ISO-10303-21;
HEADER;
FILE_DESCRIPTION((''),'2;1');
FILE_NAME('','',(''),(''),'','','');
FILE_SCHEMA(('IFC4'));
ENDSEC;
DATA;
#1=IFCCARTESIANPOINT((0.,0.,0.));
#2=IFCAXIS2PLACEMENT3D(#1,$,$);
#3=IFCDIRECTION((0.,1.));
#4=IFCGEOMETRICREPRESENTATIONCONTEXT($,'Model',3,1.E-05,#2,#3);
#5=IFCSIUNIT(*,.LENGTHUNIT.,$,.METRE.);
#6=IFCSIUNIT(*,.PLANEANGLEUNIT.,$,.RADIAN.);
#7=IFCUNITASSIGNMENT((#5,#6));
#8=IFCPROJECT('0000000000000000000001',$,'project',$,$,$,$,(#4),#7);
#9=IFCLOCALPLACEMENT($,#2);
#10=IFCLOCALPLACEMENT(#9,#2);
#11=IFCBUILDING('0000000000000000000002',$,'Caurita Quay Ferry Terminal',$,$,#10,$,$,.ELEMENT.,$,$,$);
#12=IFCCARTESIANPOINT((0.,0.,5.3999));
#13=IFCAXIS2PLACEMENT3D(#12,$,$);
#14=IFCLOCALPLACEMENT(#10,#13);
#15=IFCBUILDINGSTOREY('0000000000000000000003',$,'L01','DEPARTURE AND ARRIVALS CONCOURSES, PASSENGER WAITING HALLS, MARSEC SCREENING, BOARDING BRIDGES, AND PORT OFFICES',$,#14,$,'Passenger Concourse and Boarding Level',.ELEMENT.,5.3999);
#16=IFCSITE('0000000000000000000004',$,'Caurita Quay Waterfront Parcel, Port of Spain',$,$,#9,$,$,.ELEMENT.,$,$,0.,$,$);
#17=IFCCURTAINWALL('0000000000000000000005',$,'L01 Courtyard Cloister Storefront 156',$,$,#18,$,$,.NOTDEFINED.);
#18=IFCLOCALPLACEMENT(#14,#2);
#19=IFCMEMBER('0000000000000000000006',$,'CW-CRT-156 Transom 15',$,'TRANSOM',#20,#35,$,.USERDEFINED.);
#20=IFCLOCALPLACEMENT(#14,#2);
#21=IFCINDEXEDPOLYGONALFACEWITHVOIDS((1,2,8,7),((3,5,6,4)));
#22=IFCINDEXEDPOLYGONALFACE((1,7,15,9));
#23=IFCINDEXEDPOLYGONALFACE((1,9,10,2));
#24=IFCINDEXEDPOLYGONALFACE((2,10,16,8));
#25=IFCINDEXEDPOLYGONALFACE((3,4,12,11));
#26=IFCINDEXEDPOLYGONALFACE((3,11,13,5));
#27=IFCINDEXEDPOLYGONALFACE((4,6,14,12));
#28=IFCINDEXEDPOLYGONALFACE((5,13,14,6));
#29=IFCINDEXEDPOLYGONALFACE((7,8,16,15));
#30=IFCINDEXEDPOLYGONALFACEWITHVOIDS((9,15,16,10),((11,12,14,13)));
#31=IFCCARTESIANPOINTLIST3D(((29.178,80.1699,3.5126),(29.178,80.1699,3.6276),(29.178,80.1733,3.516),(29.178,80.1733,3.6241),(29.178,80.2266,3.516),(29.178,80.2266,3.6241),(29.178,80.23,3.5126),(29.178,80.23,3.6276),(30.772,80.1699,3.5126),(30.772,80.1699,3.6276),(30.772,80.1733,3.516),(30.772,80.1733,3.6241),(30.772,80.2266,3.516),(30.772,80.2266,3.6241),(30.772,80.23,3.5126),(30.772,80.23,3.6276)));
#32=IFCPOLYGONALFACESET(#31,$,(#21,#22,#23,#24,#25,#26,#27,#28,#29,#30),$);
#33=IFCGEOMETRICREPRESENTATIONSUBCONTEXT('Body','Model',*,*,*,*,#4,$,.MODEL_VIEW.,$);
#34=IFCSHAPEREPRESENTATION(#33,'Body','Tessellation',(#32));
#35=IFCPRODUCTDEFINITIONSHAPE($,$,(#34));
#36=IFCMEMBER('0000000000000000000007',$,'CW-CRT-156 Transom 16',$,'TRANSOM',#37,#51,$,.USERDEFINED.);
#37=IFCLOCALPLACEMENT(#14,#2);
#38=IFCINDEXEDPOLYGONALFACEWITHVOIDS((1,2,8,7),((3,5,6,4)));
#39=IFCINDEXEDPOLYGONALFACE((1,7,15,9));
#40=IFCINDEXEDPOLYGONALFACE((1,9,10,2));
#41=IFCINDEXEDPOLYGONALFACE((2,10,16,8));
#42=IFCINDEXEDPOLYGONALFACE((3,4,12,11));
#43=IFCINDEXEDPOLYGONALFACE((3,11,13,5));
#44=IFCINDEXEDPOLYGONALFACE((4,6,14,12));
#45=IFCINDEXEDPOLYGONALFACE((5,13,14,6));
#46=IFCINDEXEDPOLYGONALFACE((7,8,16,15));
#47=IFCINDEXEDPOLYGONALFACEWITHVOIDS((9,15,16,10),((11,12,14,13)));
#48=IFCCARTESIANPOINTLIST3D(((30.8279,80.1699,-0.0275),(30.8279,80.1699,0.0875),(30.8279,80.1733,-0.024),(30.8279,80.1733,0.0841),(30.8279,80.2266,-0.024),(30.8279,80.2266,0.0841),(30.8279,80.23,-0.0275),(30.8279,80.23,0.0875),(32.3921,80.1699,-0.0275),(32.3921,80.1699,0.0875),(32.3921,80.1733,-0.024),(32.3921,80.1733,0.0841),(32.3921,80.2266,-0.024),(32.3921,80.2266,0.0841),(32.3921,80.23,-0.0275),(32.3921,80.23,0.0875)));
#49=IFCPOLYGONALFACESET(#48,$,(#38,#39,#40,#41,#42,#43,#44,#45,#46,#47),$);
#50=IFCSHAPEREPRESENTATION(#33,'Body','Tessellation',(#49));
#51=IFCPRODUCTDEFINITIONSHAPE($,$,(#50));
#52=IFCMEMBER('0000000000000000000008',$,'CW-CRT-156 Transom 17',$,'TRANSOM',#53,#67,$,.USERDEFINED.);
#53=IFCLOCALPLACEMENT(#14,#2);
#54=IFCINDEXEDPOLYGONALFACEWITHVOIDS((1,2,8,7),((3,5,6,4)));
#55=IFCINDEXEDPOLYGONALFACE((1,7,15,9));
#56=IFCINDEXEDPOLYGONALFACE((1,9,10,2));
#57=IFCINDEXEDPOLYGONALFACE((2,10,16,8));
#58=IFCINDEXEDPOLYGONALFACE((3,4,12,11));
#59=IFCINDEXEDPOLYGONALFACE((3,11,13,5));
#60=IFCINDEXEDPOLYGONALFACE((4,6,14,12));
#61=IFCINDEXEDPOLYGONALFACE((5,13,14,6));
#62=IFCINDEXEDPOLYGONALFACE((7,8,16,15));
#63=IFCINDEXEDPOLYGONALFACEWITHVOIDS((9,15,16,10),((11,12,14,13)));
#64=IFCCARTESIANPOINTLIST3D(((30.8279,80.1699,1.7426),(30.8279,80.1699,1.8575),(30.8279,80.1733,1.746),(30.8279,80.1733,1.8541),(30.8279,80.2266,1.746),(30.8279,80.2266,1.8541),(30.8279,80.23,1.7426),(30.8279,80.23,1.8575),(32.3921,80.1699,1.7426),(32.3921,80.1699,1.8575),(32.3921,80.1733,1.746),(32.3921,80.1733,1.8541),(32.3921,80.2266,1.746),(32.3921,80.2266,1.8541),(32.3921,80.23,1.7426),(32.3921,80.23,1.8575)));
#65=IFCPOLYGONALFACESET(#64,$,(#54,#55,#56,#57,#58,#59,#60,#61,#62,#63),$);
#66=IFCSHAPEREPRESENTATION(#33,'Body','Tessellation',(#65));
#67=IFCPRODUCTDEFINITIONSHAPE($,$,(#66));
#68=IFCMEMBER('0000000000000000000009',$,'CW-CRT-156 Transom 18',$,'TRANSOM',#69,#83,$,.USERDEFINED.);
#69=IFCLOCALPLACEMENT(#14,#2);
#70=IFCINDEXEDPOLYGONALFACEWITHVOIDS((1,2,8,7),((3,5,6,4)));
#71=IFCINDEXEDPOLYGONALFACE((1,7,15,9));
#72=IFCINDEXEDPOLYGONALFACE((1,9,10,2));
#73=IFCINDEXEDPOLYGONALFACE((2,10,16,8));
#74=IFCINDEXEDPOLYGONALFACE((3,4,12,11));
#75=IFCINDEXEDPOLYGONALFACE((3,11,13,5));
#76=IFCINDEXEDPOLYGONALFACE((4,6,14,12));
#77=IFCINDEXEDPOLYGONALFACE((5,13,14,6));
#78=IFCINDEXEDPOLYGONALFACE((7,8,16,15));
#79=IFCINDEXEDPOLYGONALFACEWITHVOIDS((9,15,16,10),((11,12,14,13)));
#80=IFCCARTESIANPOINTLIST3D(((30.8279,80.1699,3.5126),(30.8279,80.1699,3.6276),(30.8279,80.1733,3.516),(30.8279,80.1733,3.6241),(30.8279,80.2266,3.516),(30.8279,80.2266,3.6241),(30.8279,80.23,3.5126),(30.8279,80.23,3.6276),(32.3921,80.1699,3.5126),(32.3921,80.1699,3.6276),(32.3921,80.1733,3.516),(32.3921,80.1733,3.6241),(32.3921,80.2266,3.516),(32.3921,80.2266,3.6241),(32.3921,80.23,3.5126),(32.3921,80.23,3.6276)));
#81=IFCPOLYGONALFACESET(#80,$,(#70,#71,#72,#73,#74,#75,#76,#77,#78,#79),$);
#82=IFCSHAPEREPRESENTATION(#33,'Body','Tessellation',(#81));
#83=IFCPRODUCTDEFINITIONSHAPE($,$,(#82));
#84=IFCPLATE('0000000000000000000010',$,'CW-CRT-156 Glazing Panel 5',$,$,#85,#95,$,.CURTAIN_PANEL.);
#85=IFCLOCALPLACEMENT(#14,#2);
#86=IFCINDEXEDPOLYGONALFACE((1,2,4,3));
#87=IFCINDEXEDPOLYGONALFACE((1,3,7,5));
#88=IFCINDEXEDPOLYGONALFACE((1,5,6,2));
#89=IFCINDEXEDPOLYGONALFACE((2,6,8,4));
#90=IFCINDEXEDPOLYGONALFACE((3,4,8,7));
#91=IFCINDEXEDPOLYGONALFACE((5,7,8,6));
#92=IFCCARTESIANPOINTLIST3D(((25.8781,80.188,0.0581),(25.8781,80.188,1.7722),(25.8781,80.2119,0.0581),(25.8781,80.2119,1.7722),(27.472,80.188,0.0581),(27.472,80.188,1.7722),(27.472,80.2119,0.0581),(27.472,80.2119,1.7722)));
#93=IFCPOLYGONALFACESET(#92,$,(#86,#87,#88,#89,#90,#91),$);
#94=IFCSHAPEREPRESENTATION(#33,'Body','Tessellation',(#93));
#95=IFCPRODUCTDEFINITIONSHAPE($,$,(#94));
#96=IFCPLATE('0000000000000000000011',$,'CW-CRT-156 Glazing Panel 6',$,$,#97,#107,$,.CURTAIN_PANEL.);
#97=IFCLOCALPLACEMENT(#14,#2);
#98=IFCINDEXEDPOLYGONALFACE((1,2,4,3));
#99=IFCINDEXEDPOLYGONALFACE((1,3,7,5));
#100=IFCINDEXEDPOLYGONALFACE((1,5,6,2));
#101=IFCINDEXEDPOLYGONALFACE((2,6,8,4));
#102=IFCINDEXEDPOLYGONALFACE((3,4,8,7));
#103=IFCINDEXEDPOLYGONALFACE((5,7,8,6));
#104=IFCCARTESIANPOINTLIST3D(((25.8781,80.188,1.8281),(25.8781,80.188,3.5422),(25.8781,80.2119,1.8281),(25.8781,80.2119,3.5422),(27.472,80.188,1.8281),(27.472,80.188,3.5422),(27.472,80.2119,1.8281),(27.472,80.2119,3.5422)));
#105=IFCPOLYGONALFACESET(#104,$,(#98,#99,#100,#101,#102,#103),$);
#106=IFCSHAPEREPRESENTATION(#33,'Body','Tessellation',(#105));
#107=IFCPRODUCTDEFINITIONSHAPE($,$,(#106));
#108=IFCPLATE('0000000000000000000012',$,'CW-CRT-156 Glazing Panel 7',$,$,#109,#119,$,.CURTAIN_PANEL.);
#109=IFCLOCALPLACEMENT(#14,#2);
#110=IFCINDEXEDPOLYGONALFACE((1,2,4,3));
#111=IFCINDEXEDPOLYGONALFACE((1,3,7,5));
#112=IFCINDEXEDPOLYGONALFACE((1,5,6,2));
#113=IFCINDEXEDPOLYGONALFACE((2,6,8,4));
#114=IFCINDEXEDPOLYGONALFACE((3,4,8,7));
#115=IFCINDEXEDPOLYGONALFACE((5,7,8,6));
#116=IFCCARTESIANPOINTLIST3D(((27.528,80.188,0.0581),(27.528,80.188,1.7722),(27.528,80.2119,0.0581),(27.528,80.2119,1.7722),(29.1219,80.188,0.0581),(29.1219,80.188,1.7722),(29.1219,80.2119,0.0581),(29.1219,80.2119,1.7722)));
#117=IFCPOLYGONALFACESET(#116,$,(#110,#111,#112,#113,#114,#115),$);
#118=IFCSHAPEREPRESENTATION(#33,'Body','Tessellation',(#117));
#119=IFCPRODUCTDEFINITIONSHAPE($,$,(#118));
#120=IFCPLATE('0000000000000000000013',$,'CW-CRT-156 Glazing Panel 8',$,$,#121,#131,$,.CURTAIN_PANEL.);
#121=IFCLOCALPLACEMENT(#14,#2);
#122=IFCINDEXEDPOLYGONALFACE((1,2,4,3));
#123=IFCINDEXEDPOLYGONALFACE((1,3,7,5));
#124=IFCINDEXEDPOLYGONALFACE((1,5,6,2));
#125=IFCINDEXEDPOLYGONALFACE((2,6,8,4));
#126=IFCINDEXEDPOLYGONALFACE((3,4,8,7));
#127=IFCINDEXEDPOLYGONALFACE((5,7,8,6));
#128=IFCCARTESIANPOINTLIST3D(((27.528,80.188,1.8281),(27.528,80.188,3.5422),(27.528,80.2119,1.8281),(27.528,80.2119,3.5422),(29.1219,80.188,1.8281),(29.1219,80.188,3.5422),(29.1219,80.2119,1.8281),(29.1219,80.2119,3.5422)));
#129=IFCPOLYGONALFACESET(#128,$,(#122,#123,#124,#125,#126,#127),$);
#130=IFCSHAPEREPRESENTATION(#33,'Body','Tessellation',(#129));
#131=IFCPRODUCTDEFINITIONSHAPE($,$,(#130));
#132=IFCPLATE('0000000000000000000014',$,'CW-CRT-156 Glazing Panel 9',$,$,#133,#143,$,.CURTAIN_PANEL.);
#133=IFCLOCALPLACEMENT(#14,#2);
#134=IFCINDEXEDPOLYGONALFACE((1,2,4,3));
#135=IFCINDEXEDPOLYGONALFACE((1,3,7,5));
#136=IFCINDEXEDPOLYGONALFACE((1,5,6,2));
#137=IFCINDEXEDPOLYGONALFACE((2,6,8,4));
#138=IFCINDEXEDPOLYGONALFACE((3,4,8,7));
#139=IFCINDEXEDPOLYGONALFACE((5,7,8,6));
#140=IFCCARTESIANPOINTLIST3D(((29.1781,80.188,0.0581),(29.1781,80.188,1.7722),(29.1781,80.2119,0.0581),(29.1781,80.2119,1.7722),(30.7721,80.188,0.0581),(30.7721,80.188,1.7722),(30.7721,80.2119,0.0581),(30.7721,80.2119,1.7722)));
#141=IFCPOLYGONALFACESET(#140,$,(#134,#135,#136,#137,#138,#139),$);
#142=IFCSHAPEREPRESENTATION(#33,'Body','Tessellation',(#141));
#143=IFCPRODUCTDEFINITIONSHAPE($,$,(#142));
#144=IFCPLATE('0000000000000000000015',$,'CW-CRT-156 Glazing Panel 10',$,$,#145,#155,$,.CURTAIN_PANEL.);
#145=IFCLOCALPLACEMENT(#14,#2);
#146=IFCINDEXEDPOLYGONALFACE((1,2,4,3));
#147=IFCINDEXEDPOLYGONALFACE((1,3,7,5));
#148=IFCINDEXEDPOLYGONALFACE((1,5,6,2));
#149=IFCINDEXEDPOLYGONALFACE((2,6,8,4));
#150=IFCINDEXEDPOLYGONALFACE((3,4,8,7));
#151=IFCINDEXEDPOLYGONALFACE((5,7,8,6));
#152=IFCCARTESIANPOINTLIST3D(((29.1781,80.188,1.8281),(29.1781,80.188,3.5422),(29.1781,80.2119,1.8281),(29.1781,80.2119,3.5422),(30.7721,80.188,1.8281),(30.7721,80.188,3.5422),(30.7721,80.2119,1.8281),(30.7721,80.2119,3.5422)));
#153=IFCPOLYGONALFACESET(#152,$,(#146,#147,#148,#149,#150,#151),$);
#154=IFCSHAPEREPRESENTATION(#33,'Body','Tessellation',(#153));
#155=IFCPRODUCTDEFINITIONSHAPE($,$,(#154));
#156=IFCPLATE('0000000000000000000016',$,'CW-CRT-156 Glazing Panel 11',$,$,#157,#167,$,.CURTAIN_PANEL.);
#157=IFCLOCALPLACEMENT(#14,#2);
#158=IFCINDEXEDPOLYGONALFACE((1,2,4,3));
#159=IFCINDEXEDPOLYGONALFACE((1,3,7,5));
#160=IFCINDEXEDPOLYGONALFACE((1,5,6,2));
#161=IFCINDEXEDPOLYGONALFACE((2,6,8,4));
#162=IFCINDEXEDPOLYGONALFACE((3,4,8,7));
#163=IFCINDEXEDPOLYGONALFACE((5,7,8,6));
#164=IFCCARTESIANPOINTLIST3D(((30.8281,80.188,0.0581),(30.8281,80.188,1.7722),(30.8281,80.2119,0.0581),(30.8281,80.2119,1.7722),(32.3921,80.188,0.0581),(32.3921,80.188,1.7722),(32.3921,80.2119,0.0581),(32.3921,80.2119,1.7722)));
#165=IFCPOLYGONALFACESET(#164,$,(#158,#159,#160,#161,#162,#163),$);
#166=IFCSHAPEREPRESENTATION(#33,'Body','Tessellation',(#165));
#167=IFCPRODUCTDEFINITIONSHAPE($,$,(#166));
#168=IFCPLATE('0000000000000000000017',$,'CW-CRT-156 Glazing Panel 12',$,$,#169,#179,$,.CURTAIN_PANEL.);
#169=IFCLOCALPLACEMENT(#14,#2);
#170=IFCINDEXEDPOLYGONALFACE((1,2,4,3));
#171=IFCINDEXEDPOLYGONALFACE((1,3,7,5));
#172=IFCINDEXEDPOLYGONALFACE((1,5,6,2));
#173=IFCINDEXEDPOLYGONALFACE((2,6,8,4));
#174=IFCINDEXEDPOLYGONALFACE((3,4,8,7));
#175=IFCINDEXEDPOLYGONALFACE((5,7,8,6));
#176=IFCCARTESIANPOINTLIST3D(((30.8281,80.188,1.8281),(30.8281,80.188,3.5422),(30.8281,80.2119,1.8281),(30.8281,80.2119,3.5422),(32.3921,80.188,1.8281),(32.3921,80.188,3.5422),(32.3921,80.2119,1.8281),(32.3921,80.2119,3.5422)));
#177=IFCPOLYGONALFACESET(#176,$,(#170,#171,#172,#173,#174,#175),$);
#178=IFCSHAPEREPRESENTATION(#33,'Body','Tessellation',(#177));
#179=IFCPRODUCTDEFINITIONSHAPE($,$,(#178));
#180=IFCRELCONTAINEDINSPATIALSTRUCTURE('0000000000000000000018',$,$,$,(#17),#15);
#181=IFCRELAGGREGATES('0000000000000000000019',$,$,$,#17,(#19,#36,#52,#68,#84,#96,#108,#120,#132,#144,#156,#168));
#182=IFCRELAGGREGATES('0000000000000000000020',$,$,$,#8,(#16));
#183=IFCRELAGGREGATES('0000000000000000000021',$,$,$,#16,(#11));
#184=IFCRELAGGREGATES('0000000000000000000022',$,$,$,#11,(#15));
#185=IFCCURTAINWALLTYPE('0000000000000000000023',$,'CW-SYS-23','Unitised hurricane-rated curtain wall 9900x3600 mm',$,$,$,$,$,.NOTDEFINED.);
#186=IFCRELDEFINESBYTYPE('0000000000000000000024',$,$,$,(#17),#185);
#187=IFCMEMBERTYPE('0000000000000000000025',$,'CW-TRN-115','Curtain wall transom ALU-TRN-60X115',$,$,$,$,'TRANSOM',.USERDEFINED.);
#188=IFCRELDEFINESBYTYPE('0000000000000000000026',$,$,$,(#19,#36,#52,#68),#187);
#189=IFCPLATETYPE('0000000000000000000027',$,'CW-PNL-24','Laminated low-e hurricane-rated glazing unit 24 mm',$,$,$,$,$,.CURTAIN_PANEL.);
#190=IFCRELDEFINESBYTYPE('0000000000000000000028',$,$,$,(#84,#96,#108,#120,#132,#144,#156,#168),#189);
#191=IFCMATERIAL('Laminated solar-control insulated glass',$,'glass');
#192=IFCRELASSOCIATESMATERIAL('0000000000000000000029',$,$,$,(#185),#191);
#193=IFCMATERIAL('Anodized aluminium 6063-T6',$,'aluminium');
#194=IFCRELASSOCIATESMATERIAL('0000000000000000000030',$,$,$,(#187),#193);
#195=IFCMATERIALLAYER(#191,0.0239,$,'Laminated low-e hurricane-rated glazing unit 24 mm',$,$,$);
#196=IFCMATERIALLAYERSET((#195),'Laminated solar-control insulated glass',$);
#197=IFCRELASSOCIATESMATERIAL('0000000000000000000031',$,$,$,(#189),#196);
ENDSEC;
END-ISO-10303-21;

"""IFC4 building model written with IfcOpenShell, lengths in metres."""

from ifc_helpers import new_model, si_unit, direction, frame, origin, origin_2d, place, context, subcontext, project, spatial, rectangle, hollow_rectangle, extrude, material, layer, layer_set, material_profile, profile_set, type_object, element, aggregate, save


model = new_model("IFC4")

# Units and contexts
model_context = context("Model", 3, precision=1e-05, world=origin(), true_north=direction((0.0, 1.0)))
body_context = subcontext(model_context, "Body", "Model", "MODEL_VIEW")
ifc_project = project(units=[si_unit("LENGTHUNIT", "METRE"), si_unit("PLANEANGLEUNIT", "RADIAN")], contexts=[model_context])

# Site, building, storey
site_placement = place(None, origin())
site = spatial("IfcSite", under=ifc_project, at=site_placement, Name="Caurita Quay Waterfront Parcel, Port of Spain", CompositionType="ELEMENT", RefElevation=0.0)
building_placement = place(site_placement, origin())
building = spatial("IfcBuilding", under=site, at=building_placement, Name="Caurita Quay Ferry Terminal", CompositionType="ELEMENT")
storey_placement = place(building_placement, frame((0.0, 0.0, 5.3999)))
storey = spatial("IfcBuildingStorey", under=building, at=storey_placement, Name="L01", Description="DEPARTURE AND ARRIVALS CONCOURSES, PASSENGER WAITING HALLS, MARSEC SCREENING, BOARDING BRIDGES, AND PORT OFFICES", LongName="Passenger Concourse and Boarding Level", CompositionType="ELEMENT", Elevation=5.3999)

# Curtain wall, members, plates
ifc_material_1 = material(Name="Laminated solar-control insulated glass", Category="glass")
curtain_wall_type = type_object("IfcCurtainWallType", Name="CW-SYS-23", Description="Unitised hurricane-rated curtain wall 9900x3600 mm", PredefinedType="NOTDEFINED", material=ifc_material_1)
curtain_wall_placement = place(storey_placement, origin())
curtain_wall = element("IfcCurtainWall", 1, at=curtain_wall_placement, inside=storey, type_object=curtain_wall_type, Name="L01 Courtyard Cloister Storefront 156", PredefinedType="NOTDEFINED")
ifc_material_2 = material(Name="Anodized aluminium 6063-T6", Category="aluminium")
ifc_material_profile_1 = material_profile(ifc_material_2, hollow_rectangle(XDim=0.0601, YDim=0.115, WallThickness=0.0034, at=origin_2d()), Name="ALU-TRN-60X115")
ifc_profile_set_1 = profile_set([ifc_material_profile_1], Name="Anodized aluminium 6063-T6")
member_type_1 = type_object("IfcMemberType", Name="CW-TRN-115", Description="Curtain wall transom ALU-TRN-60X115", ElementType="TRANSOM", PredefinedType="USERDEFINED", material=ifc_profile_set_1)
member_1_placement = place(storey_placement, frame((29.178, 80.2, 3.5701), z_axis=(1.0, 0.0, 0.0), x_axis=(0.0, 1.0, 0.0)))
member_1 = element("IfcMember", 2, at=member_1_placement, type_object=member_type_1, Name="CW-CRT-156 Transom 15", ObjectType="TRANSOM", PredefinedType="USERDEFINED", context=body_context, shape_type="SweptSolid", body=[
    extrude(hollow_rectangle(XDim=0.0601, YDim=0.115, WallThickness=0.0034, at=origin_2d()), origin(), (0.0, 0.0, 1.0), 1.594),
])
member_2_placement = place(storey_placement, frame((30.8279, 80.2, 0.03), z_axis=(1.0, 0.0, 0.0), x_axis=(0.0, 1.0, 0.0)))
member_2 = element("IfcMember", 3, at=member_2_placement, type_object=member_type_1, Name="CW-CRT-156 Transom 16", ObjectType="TRANSOM", PredefinedType="USERDEFINED", context=body_context, shape_type="SweptSolid", body=[
    extrude(hollow_rectangle(XDim=0.0601, YDim=0.115, WallThickness=0.0034, at=origin_2d()), origin(), (0.0, 0.0, 1.0), 1.5642),
])
member_3_placement = place(storey_placement, frame((30.8279, 80.2, 1.8), z_axis=(1.0, 0.0, 0.0), x_axis=(0.0, 1.0, 0.0)))
member_3 = element("IfcMember", 4, at=member_3_placement, type_object=member_type_1, Name="CW-CRT-156 Transom 17", ObjectType="TRANSOM", PredefinedType="USERDEFINED", context=body_context, shape_type="SweptSolid", body=[
    extrude(hollow_rectangle(XDim=0.0601, YDim=0.115, WallThickness=0.0034, at=origin_2d()), origin(), (0.0, 0.0, 1.0), 1.5642),
])
member_4_placement = place(storey_placement, frame((30.8279, 80.2, 3.5701), z_axis=(1.0, 0.0, 0.0), x_axis=(0.0, 1.0, 0.0)))
member_4 = element("IfcMember", 5, at=member_4_placement, type_object=member_type_1, Name="CW-CRT-156 Transom 18", ObjectType="TRANSOM", PredefinedType="USERDEFINED", context=body_context, shape_type="SweptSolid", body=[
    extrude(hollow_rectangle(XDim=0.0601, YDim=0.115, WallThickness=0.0034, at=origin_2d()), origin(), (0.0, 0.0, 1.0), 1.5642),
])
ifc_layer_1 = layer(ifc_material_1, 0.0239, Name="Laminated low-e hurricane-rated glazing unit 24 mm")
ifc_layer_set_1 = layer_set([ifc_layer_1], Name="Laminated solar-control insulated glass")
plate_type = type_object("IfcPlateType", Name="CW-PNL-24", Description="Laminated low-e hurricane-rated glazing unit 24 mm", PredefinedType="CURTAIN_PANEL", material=ifc_layer_set_1)
plate_1_placement = place(storey_placement, frame((26.675, 80.2, 0.0581), z_axis=(0.0, 0.0, 1.0), x_axis=(1.0, 0.0, 0.0)))
plate_1 = element("IfcPlate", 6, at=plate_1_placement, type_object=plate_type, Name="CW-CRT-156 Glazing Panel 5", PredefinedType="CURTAIN_PANEL", context=body_context, shape_type="SweptSolid", body=[
    extrude(rectangle(XDim=1.594, YDim=0.0239, at=origin_2d()), origin(), (0.0, 0.0, 1.0), 1.7141),
])
plate_2_placement = place(storey_placement, frame((26.675, 80.2, 1.8281), z_axis=(0.0, 0.0, 1.0), x_axis=(1.0, 0.0, 0.0)))
plate_2 = element("IfcPlate", 7, at=plate_2_placement, type_object=plate_type, Name="CW-CRT-156 Glazing Panel 6", PredefinedType="CURTAIN_PANEL", context=body_context, shape_type="SweptSolid", body=[
    extrude(rectangle(XDim=1.594, YDim=0.0239, at=origin_2d()), origin(), (0.0, 0.0, 1.0), 1.7141),
])
plate_3_placement = place(storey_placement, frame((28.325, 80.2, 0.0581), z_axis=(0.0, 0.0, 1.0), x_axis=(1.0, 0.0, 0.0)))
plate_3 = element("IfcPlate", 8, at=plate_3_placement, type_object=plate_type, Name="CW-CRT-156 Glazing Panel 7", PredefinedType="CURTAIN_PANEL", context=body_context, shape_type="SweptSolid", body=[
    extrude(rectangle(XDim=1.594, YDim=0.0239, at=origin_2d()), origin(), (0.0, 0.0, 1.0), 1.7141),
])
plate_4_placement = place(storey_placement, frame((28.325, 80.2, 1.8281), z_axis=(0.0, 0.0, 1.0), x_axis=(1.0, 0.0, 0.0)))
plate_4 = element("IfcPlate", 9, at=plate_4_placement, type_object=plate_type, Name="CW-CRT-156 Glazing Panel 8", PredefinedType="CURTAIN_PANEL", context=body_context, shape_type="SweptSolid", body=[
    extrude(rectangle(XDim=1.594, YDim=0.0239, at=origin_2d()), origin(), (0.0, 0.0, 1.0), 1.7141),
])
plate_5_placement = place(storey_placement, frame((29.9751, 80.2, 0.0581), z_axis=(0.0, 0.0, 1.0), x_axis=(1.0, 0.0, 0.0)))
plate_5 = element("IfcPlate", 10, at=plate_5_placement, type_object=plate_type, Name="CW-CRT-156 Glazing Panel 9", PredefinedType="CURTAIN_PANEL", context=body_context, shape_type="SweptSolid", body=[
    extrude(rectangle(XDim=1.594, YDim=0.0239, at=origin_2d()), origin(), (0.0, 0.0, 1.0), 1.7141),
])
plate_6_placement = place(storey_placement, frame((29.9751, 80.2, 1.8281), z_axis=(0.0, 0.0, 1.0), x_axis=(1.0, 0.0, 0.0)))
plate_6 = element("IfcPlate", 11, at=plate_6_placement, type_object=plate_type, Name="CW-CRT-156 Glazing Panel 10", PredefinedType="CURTAIN_PANEL", context=body_context, shape_type="SweptSolid", body=[
    extrude(rectangle(XDim=1.594, YDim=0.0239, at=origin_2d()), origin(), (0.0, 0.0, 1.0), 1.7141),
])
plate_7_placement = place(storey_placement, frame((31.6101, 80.2, 0.0581), z_axis=(0.0, 0.0, 1.0), x_axis=(1.0, 0.0, 0.0)))
plate_7 = element("IfcPlate", 12, at=plate_7_placement, type_object=plate_type, Name="CW-CRT-156 Glazing Panel 11", PredefinedType="CURTAIN_PANEL", context=body_context, shape_type="SweptSolid", body=[
    extrude(rectangle(XDim=1.564, YDim=0.0239, at=origin_2d()), origin(), (0.0, 0.0, 1.0), 1.7141),
])
plate_8_placement = place(storey_placement, frame((31.6101, 80.2, 1.8281), z_axis=(0.0, 0.0, 1.0), x_axis=(1.0, 0.0, 0.0)))
plate_8 = element("IfcPlate", 13, at=plate_8_placement, type_object=plate_type, Name="CW-CRT-156 Glazing Panel 12", PredefinedType="CURTAIN_PANEL", context=body_context, shape_type="SweptSolid", body=[
    extrude(rectangle(XDim=1.564, YDim=0.0239, at=origin_2d()), origin(), (0.0, 0.0, 1.0), 1.7141),
])
aggregate(curtain_wall, [member_1, member_2, member_3, member_4, plate_1, plate_2, plate_3, plate_4, plate_5, plate_6, plate_7, plate_8])

save(model, "model.ifc")
